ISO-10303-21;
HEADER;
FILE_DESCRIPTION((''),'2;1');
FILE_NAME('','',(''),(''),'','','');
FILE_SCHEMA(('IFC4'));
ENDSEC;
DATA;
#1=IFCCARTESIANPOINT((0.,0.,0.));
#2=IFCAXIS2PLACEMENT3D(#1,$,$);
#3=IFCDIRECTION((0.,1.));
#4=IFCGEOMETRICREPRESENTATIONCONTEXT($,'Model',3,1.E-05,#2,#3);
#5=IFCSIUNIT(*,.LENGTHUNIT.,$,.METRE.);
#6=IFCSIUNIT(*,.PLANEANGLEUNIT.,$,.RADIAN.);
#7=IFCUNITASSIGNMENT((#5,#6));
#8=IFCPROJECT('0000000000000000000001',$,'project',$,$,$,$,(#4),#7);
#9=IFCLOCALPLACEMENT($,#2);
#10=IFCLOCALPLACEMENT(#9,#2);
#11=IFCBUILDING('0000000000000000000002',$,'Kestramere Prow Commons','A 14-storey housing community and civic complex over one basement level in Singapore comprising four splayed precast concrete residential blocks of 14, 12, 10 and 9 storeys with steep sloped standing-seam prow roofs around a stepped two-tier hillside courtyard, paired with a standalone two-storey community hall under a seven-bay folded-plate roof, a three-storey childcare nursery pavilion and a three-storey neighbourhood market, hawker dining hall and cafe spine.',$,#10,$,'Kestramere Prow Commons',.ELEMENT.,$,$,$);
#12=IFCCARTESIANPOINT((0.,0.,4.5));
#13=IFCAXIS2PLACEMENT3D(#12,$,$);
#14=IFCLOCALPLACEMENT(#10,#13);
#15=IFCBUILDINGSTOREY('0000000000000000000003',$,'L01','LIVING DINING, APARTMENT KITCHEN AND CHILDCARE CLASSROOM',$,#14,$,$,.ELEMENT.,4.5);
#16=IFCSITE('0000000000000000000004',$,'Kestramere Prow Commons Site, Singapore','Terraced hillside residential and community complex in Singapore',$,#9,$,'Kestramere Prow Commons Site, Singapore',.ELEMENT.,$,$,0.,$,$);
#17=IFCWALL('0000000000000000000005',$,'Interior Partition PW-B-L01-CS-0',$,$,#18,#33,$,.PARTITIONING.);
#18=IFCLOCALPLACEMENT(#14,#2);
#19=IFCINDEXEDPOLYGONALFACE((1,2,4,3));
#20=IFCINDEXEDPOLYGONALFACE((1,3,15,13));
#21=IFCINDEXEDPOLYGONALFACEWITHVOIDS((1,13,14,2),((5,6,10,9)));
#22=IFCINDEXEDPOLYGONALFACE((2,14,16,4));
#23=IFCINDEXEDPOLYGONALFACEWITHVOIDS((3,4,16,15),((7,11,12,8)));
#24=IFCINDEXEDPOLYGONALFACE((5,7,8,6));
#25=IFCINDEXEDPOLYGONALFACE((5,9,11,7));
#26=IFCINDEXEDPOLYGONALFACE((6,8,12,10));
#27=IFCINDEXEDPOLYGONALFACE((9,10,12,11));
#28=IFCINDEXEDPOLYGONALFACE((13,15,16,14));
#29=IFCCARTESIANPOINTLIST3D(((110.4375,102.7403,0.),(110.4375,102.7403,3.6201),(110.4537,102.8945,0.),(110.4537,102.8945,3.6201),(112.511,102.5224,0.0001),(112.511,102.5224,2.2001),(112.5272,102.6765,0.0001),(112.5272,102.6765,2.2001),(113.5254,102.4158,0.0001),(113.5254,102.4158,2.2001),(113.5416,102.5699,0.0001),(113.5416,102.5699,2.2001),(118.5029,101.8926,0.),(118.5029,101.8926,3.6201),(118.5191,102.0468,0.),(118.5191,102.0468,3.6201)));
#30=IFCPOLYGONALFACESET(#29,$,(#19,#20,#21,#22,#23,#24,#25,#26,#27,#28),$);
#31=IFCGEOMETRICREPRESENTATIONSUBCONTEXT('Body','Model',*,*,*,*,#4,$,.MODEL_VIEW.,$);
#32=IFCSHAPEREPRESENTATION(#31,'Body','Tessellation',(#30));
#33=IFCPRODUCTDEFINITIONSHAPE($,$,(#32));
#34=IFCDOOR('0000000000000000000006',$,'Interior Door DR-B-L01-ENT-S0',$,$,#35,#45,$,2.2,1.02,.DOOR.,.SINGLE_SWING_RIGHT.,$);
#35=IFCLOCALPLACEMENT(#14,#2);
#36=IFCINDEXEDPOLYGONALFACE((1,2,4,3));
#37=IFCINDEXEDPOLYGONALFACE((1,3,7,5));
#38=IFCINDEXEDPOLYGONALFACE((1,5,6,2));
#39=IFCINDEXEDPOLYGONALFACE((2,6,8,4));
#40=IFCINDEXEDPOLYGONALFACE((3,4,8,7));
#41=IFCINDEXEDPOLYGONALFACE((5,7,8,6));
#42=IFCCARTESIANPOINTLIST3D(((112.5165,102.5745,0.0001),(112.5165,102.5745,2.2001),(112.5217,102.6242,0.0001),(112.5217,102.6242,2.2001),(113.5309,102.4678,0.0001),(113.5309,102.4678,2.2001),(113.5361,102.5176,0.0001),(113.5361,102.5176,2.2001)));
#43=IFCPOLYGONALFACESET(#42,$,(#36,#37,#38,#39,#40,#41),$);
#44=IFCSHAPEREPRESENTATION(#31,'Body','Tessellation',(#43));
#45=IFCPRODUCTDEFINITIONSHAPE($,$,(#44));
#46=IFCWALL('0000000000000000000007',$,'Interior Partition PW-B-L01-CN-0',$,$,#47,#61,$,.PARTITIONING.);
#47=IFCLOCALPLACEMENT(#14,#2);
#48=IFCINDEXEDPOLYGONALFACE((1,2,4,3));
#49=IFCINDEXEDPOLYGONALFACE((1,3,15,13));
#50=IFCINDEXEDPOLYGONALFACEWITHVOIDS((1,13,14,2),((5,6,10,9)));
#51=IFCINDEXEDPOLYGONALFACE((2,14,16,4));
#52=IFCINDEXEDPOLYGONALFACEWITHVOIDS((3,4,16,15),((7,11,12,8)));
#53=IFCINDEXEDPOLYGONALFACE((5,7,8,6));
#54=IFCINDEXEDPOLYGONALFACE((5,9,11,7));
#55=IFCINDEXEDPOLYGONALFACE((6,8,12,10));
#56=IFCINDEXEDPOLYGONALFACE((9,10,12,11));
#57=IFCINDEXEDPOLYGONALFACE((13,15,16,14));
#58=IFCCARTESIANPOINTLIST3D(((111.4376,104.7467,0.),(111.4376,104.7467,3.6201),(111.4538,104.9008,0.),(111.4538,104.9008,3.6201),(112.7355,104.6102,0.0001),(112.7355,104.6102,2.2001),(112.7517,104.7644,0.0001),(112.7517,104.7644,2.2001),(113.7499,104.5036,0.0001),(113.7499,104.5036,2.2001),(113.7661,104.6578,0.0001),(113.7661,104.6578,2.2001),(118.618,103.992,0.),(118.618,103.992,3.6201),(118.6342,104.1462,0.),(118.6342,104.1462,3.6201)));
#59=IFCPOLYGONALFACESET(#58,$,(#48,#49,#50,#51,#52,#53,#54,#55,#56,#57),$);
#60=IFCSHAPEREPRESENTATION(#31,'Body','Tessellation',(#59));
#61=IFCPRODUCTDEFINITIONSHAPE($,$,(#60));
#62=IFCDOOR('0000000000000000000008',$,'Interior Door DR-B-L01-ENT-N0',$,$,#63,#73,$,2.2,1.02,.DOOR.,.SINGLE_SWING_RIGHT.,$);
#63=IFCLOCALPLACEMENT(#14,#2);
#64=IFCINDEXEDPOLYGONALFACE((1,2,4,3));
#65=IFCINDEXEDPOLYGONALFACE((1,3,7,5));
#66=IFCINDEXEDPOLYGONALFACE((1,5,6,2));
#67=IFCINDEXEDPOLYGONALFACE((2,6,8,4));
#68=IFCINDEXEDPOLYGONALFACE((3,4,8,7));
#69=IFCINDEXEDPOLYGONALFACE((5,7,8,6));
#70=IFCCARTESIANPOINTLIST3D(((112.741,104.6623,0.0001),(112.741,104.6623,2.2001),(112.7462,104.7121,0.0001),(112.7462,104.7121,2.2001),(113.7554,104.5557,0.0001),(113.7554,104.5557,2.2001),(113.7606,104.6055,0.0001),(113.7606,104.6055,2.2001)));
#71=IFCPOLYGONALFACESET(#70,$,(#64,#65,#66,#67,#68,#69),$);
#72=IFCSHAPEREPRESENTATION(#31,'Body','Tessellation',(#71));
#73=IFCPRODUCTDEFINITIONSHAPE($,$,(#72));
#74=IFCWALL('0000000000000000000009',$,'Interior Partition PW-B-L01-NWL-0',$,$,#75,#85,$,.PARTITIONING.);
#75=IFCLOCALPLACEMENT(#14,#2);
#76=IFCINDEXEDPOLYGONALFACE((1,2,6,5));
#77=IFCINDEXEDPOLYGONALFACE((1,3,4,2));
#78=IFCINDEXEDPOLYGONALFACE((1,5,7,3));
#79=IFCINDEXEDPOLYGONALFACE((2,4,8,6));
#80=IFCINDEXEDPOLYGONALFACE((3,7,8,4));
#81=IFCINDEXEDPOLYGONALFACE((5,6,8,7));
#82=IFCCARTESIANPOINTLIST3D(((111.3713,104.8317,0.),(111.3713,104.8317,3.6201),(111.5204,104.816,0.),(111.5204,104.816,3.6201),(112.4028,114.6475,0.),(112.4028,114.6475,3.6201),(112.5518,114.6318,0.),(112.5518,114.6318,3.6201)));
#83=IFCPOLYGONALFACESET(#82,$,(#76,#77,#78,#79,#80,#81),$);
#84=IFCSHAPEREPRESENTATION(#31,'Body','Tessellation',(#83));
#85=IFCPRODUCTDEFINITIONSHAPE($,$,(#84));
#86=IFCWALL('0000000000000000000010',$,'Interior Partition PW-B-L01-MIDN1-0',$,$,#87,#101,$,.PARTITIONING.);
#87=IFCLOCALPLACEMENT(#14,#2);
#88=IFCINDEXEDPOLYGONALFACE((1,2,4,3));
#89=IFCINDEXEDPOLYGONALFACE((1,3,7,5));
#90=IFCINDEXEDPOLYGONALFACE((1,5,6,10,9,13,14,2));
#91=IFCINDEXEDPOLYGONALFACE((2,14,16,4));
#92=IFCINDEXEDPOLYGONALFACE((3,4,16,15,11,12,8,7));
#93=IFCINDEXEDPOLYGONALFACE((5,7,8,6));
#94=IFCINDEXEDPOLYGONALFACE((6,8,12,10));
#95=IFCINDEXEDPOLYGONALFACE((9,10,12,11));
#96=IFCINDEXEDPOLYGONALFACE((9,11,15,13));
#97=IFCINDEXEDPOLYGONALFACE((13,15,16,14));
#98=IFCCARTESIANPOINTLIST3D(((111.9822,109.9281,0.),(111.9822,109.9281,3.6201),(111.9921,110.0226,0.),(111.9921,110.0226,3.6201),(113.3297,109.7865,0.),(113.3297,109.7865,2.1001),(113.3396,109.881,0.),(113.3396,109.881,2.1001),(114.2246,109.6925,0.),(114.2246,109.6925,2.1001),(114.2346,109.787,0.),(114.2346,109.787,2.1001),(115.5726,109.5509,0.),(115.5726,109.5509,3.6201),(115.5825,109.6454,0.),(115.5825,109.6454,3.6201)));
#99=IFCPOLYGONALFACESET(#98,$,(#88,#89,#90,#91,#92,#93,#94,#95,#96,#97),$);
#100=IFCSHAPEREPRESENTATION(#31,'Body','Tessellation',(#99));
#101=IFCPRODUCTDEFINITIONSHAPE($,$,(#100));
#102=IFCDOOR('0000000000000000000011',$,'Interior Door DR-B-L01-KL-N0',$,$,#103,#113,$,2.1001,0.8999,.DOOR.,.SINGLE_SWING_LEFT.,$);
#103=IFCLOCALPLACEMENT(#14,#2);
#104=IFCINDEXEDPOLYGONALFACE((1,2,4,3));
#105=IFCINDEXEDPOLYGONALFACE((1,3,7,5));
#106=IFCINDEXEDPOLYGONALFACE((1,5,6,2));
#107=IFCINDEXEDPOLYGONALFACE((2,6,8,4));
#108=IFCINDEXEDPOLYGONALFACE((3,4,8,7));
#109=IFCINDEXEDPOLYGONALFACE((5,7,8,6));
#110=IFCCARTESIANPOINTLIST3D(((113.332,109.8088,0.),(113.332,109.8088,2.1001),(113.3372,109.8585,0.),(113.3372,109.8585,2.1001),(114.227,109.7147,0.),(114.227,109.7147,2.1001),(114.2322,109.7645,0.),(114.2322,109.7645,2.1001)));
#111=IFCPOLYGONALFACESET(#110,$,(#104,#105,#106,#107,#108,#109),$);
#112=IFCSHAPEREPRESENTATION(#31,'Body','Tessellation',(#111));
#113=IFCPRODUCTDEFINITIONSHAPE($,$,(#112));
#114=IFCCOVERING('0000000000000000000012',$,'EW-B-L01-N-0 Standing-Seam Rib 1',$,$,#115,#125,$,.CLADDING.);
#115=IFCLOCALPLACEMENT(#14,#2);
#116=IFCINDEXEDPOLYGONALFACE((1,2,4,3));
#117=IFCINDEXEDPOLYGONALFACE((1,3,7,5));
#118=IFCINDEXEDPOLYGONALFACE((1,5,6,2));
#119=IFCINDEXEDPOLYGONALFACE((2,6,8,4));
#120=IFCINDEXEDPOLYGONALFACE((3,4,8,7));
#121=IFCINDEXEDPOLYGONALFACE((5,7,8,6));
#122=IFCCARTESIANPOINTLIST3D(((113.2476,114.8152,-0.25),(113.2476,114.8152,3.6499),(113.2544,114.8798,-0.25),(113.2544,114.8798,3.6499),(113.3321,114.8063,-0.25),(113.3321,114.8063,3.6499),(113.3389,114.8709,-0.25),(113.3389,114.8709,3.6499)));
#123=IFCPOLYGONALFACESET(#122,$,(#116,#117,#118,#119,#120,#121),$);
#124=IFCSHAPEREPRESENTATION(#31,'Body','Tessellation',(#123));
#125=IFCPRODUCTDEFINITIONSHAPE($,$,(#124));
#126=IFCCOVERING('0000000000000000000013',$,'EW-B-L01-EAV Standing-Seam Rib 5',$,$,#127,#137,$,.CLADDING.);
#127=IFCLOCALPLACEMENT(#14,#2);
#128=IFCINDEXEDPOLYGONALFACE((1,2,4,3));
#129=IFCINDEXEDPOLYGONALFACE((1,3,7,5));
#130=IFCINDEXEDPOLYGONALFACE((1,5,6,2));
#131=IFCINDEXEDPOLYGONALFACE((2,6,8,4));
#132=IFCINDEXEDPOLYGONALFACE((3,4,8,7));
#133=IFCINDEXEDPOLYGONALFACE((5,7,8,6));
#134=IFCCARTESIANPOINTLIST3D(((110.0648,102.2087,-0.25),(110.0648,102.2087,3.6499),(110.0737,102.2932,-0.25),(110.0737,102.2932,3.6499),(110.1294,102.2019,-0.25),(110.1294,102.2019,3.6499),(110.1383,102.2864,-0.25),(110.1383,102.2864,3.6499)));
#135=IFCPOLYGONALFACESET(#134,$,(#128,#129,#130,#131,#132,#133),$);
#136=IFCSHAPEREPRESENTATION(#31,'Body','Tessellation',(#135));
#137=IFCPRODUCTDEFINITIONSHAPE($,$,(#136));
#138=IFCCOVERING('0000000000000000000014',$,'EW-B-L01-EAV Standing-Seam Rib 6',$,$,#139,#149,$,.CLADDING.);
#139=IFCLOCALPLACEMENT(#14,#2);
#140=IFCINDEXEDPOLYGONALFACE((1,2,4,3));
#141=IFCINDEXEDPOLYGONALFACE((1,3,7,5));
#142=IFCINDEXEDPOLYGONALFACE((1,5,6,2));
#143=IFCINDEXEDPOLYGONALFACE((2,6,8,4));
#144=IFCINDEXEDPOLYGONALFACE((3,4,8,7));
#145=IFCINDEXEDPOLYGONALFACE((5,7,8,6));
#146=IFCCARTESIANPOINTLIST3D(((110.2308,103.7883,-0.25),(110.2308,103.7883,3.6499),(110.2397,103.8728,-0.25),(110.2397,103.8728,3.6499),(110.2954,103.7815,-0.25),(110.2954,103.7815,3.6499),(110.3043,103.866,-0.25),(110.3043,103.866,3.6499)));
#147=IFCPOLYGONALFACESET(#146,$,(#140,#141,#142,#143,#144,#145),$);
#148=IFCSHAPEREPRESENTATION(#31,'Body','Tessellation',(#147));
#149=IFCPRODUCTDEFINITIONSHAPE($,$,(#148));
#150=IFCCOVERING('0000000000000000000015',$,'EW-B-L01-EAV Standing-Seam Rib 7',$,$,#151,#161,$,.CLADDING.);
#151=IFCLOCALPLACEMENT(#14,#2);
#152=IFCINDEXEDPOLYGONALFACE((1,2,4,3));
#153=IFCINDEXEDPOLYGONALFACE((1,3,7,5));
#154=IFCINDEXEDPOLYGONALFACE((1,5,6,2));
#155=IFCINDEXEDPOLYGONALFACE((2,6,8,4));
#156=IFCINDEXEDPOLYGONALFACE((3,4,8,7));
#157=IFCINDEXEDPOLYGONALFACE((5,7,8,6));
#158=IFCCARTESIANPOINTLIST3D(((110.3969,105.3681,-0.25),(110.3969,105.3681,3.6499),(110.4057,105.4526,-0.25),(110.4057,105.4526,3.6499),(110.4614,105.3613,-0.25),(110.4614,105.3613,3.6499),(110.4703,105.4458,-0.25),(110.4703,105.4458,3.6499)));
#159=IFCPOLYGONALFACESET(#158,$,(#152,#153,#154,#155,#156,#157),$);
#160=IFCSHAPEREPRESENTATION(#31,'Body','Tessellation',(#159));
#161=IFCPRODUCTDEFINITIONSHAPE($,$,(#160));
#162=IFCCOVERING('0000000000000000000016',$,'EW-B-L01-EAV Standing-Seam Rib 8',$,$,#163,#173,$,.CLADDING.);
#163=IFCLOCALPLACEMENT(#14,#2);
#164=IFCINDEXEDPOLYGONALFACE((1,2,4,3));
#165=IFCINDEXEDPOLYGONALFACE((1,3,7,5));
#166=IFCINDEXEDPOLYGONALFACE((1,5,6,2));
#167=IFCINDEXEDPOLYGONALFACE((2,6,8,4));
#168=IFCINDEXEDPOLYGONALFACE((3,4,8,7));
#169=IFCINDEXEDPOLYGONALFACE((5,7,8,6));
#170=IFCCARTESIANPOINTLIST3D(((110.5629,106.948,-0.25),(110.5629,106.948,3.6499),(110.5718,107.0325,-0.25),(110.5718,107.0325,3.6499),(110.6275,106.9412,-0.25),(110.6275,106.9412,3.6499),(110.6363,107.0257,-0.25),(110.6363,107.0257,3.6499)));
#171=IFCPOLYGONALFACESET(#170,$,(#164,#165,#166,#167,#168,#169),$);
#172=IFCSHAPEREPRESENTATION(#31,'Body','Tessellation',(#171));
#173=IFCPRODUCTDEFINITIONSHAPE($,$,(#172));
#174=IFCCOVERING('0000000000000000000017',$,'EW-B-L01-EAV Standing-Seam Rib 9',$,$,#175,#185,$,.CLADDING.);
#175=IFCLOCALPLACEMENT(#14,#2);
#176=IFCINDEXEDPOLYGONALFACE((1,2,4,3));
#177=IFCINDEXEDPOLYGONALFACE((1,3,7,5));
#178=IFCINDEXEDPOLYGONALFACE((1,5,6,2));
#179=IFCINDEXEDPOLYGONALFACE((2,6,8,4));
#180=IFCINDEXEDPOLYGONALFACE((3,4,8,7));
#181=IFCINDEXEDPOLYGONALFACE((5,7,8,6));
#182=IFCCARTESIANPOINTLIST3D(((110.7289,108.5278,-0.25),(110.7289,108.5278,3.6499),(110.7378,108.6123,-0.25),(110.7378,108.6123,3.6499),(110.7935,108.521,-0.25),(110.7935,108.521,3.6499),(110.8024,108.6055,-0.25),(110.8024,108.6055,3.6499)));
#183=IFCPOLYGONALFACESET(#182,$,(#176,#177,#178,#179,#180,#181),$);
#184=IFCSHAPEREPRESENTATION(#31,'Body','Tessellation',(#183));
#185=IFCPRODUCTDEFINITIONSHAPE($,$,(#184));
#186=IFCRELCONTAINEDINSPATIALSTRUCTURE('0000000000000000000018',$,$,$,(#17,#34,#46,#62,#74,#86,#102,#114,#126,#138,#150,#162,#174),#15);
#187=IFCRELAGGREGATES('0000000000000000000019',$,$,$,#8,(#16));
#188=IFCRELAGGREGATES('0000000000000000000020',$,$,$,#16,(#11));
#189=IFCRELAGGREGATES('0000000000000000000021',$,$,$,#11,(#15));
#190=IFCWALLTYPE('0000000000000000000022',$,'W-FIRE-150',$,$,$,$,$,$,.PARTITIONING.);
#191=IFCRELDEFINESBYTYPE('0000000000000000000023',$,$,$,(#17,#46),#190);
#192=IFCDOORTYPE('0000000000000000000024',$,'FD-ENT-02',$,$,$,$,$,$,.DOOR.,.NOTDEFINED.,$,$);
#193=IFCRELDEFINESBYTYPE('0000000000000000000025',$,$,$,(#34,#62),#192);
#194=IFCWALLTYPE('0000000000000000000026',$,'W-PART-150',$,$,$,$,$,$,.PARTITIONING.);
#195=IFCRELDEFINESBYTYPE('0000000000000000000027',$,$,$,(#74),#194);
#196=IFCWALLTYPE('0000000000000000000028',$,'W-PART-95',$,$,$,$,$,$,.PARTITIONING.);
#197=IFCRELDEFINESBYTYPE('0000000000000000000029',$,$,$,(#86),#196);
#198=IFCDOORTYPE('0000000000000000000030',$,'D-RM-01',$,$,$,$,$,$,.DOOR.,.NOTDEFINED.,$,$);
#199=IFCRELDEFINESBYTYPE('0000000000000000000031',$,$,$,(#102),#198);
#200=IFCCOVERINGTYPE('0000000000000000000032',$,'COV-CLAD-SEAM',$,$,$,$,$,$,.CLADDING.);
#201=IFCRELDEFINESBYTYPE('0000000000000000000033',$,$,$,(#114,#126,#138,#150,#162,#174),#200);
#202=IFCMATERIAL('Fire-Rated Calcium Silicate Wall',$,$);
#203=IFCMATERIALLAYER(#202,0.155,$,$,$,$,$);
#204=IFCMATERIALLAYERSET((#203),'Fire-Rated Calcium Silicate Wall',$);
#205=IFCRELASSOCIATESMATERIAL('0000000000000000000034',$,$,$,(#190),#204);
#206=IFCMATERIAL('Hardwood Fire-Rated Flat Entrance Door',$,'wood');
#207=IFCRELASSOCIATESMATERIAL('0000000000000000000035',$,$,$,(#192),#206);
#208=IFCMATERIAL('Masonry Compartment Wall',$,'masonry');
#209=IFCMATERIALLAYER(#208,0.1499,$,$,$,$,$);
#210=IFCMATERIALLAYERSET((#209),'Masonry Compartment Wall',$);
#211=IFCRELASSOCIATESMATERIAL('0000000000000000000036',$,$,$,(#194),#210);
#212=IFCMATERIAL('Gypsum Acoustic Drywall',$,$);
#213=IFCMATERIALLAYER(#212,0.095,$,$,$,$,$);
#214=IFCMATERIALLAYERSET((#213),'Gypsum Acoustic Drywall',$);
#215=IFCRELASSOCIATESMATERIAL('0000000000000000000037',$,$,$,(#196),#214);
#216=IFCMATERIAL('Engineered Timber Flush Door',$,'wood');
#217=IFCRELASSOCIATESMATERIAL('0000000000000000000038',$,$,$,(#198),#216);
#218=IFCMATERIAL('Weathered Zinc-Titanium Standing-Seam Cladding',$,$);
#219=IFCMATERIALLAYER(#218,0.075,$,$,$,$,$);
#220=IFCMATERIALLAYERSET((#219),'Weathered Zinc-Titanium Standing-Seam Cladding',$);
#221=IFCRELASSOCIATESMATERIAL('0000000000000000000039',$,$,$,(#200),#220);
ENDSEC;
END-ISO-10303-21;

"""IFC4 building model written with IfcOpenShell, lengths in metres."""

from ifc_helpers import new_model, si_unit, direction, frame, frame_2d, origin, origin_2d, place, context, subcontext, project, spatial, rectangle, extrude, material, layer, layer_set, type_object, element, fill, save


model = new_model("IFC4")

# Units and contexts
model_context = context("Model", 3, precision=1e-05, world=origin(), true_north=direction((0.0, 1.0)))
body_context = subcontext(model_context, "Body", "Model", "MODEL_VIEW")
ifc_project = project(units=[si_unit("LENGTHUNIT", "METRE"), si_unit("PLANEANGLEUNIT", "RADIAN")], contexts=[model_context])

# Site, building, storey
site_placement = place(None, origin())
site = spatial("IfcSite", under=ifc_project, at=site_placement, Name="Kestramere Prow Commons Site, Singapore", Description="Terraced hillside residential and community complex in Singapore", LongName="Kestramere Prow Commons Site, Singapore", CompositionType="ELEMENT", RefElevation=0.0)
building_placement = place(site_placement, origin())
building = spatial("IfcBuilding", under=site, at=building_placement, Name="Kestramere Prow Commons", Description="A 14-storey housing community and civic complex over one basement level in Singapore comprising four splayed precast concrete residential blocks of 14, 12, 10 and 9 storeys with steep sloped standing-seam prow roofs around a stepped two-tier hillside courtyard, paired with a standalone two-storey community hall under a seven-bay folded-plate roof, a three-storey childcare nursery pavilion and a three-storey neighbourhood market, hawker dining hall and cafe spine.", LongName="Kestramere Prow Commons", CompositionType="ELEMENT")
storey_placement = place(building_placement, frame((0.0, 0.0, 4.5)))
storey = spatial("IfcBuildingStorey", under=building, at=storey_placement, Name="L01", Description="LIVING DINING, APARTMENT KITCHEN AND CHILDCARE CLASSROOM", CompositionType="ELEMENT", Elevation=4.5)

# Walls, openings, doors
ifc_material_1 = material(Name="Fire-Rated Calcium Silicate Wall")
ifc_layer_1 = layer(ifc_material_1, 0.155)
ifc_layer_set_1 = layer_set([ifc_layer_1], Name="Fire-Rated Calcium Silicate Wall")
wall_type_1 = type_object("IfcWallType", Name="W-FIRE-150", PredefinedType="PARTITIONING", material=ifc_layer_set_1)
wall_1_placement = place(storey_placement, frame((110.4456, 102.8174, 0.0), z_axis=(0.0, 0.0, 1.0), x_axis=(0.994523, -0.104522, 0.0)))
wall_1 = element("IfcWall", 1, at=wall_1_placement, inside=storey, type_object=wall_type_1, Name="Interior Partition PW-B-L01-CS-0", PredefinedType="PARTITIONING", context=body_context, shape_type="SweptSolid", body=[
    extrude(rectangle(XDim=8.1099, YDim=0.155, at=frame_2d((4.0549, 0.0))), origin(), (0.0, 0.0, 1.0), 3.6201),
])
opening_1_placement = place(wall_1_placement, frame((2.085, 0.0, 0.0)))
opening_1 = element("IfcOpeningElement", 2, at=opening_1_placement, cuts=wall_1, PredefinedType="OPENING", context=body_context, shape_type="SweptSolid", body=[
    extrude(rectangle(XDim=1.02, YDim=2.2, at=frame_2d((0.51, 1.1001))), frame((0.0, 0.0925, 0.0), z_axis=(0.0, -1.0, 0.0), x_axis=(1.0, 0.0, 0.0)), (0.0, 0.0, 1.0), 0.1851),
])
ifc_material_2 = material(Name="Hardwood Fire-Rated Flat Entrance Door", Category="wood")
door_type_1 = type_object("IfcDoorType", Name="FD-ENT-02", OperationType="NOTDEFINED", PredefinedType="DOOR", material=ifc_material_2)
door_1_placement = place(opening_1_placement, origin())
door_1 = element("IfcDoor", 3, at=door_1_placement, inside=storey, type_object=door_type_1, Name="Interior Door DR-B-L01-ENT-S0", OperationType="SINGLE_SWING_RIGHT", OverallHeight=2.2, OverallWidth=1.02, PredefinedType="DOOR", context=body_context, shape_type="SweptSolid", body=[
    extrude(rectangle(XDim=1.02, YDim=2.2, at=frame_2d((0.51, 1.1001))), frame((0.0, 0.0249, 0.0), z_axis=(0.0, -1.0, 0.0), x_axis=(1.0, 0.0, 0.0)), (0.0, 0.0, 1.0), 0.05),
])
fill(opening_1, door_1)
wall_2_placement = place(storey_placement, frame((111.4458, 104.8237, 0.0), z_axis=(0.0, 0.0, 1.0), x_axis=(0.994523, -0.104521, 0.0)))
wall_2 = element("IfcWall", 4, at=wall_2_placement, inside=storey, type_object=wall_type_1, Name="Interior Partition PW-B-L01-CN-0", PredefinedType="PARTITIONING", context=body_context, shape_type="SweptSolid", body=[
    extrude(rectangle(XDim=7.22, YDim=0.155, at=frame_2d((3.6099, 0.0))), origin(), (0.0, 0.0, 1.0), 3.6201),
])
opening_2_placement = place(wall_2_placement, frame((1.3049, 0.0, 0.0)))
opening_2 = element("IfcOpeningElement", 5, at=opening_2_placement, cuts=wall_2, PredefinedType="OPENING", context=body_context, shape_type="SweptSolid", body=[
    extrude(rectangle(XDim=1.02, YDim=2.2, at=frame_2d((0.51, 1.1001))), frame((0.0, 0.0925, 0.0), z_axis=(0.0, -1.0, 0.0), x_axis=(1.0, 0.0, 0.0)), (0.0, 0.0, 1.0), 0.1851),
])
door_2_placement = place(opening_2_placement, origin())
door_2 = element("IfcDoor", 6, at=door_2_placement, inside=storey, type_object=door_type_1, Name="Interior Door DR-B-L01-ENT-N0", OperationType="SINGLE_SWING_RIGHT", OverallHeight=2.2, OverallWidth=1.02, PredefinedType="DOOR", context=body_context, shape_type="SweptSolid", body=[
    extrude(rectangle(XDim=1.02, YDim=2.2, at=frame_2d((0.51, 1.1001))), frame((0.0, 0.0249, 0.0), z_axis=(0.0, -1.0, 0.0), x_axis=(1.0, 0.0, 0.0)), (0.0, 0.0, 1.0), 0.05),
])
fill(opening_2, door_2)

# Wall
ifc_material_3 = material(Name="Masonry Compartment Wall", Category="masonry")
ifc_layer_2 = layer(ifc_material_3, 0.1499)
ifc_layer_set_2 = layer_set([ifc_layer_2], Name="Masonry Compartment Wall")
wall_type_2 = type_object("IfcWallType", Name="W-PART-150", PredefinedType="PARTITIONING", material=ifc_layer_set_2)
wall_3_placement = place(storey_placement, frame((111.4458, 104.8237, 0.0), z_axis=(0.0, 0.0, 1.0), x_axis=(0.104508, 0.994524, 0.0)))
element("IfcWall", 7, at=wall_3_placement, inside=storey, type_object=wall_type_2, Name="Interior Partition PW-B-L01-NWL-0", PredefinedType="PARTITIONING", context=body_context, shape_type="SweptSolid", body=[
    extrude(rectangle(XDim=9.8699, YDim=0.1499, at=frame_2d((4.9351, 0.0))), origin(), (0.0, 0.0, 1.0), 3.6201),
])

# Wall, opening, door
ifc_material_4 = material(Name="Gypsum Acoustic Drywall")
ifc_layer_3 = layer(ifc_material_4, 0.095)
ifc_layer_set_3 = layer_set([ifc_layer_3], Name="Gypsum Acoustic Drywall")
wall_type_3 = type_object("IfcWallType", Name="W-PART-95", PredefinedType="PARTITIONING", material=ifc_layer_set_3)
wall_4_placement = place(storey_placement, frame((111.9871, 109.9753, 0.0), z_axis=(0.0, 0.0, 1.0), x_axis=(0.994527, -0.104484, 0.0)))
wall_4 = element("IfcWall", 8, at=wall_4_placement, inside=storey, type_object=wall_type_3, Name="Interior Partition PW-B-L01-MIDN1-0", PredefinedType="PARTITIONING", context=body_context, shape_type="SweptSolid", body=[
    extrude(rectangle(XDim=3.6101, YDim=0.095, at=frame_2d((1.8052, 0.0))), origin(), (0.0, 0.0, 1.0), 3.6201),
])
opening_3_placement = place(wall_4_placement, frame((1.355, 0.0, 0.0)))
opening_3 = element("IfcOpeningElement", 9, at=opening_3_placement, cuts=wall_4, PredefinedType="OPENING", context=body_context, shape_type="SweptSolid", body=[
    extrude(rectangle(XDim=0.8999, YDim=2.1001, at=frame_2d((0.45, 1.05))), frame((0.0, 0.0625, 0.0), z_axis=(0.0, -1.0, 0.0), x_axis=(1.0, 0.0, 0.0)), (0.0, 0.0, 1.0), 0.125),
])
ifc_material_5 = material(Name="Engineered Timber Flush Door", Category="wood")
door_type_2 = type_object("IfcDoorType", Name="D-RM-01", OperationType="NOTDEFINED", PredefinedType="DOOR", material=ifc_material_5)
door_3_placement = place(opening_3_placement, origin())
door_3 = element("IfcDoor", 10, at=door_3_placement, inside=storey, type_object=door_type_2, Name="Interior Door DR-B-L01-KL-N0", OperationType="SINGLE_SWING_LEFT", OverallHeight=2.1001, OverallWidth=0.8999, PredefinedType="DOOR", context=body_context, shape_type="SweptSolid", body=[
    extrude(rectangle(XDim=0.8999, YDim=2.1001, at=frame_2d((0.45, 1.05))), frame((0.0, 0.0249, 0.0), z_axis=(0.0, -1.0, 0.0), x_axis=(1.0, 0.0, 0.0)), (0.0, 0.0, 1.0), 0.05),
])
fill(opening_3, door_3)

# Coverings
ifc_material_6 = material(Name="Weathered Zinc-Titanium Standing-Seam Cladding")
ifc_layer_4 = layer(ifc_material_6, 0.075)
ifc_layer_set_4 = layer_set([ifc_layer_4], Name="Weathered Zinc-Titanium Standing-Seam Cladding")
covering_type = type_object("IfcCoveringType", Name="COV-CLAD-SEAM", PredefinedType="CLADDING", material=ifc_layer_set_4)
for number, where, z_axis, x_axis, name in (
    (11, (113.2932, 114.843, -0.25), (0.0, 0.0, 1.0), (0.994522, -0.104528, 0.0), "EW-B-L01-N-0 Standing-Seam Rib 1"),
    (12, (110.1016, 102.2476, -0.25), (0.0, 0.0, 1.0), (0.104528, 0.994522, 0.0), "EW-B-L01-EAV Standing-Seam Rib 5"),
    (13, (110.2676, 103.8271, -0.25), (0.0, 0.0, 1.0), (0.104528, 0.994522, 0.0), "EW-B-L01-EAV Standing-Seam Rib 6"),
    (14, (110.4336, 105.407, -0.25), (0.0, 0.0, 1.0), (0.104528, 0.994522, 0.0), "EW-B-L01-EAV Standing-Seam Rib 7"),
    (15, (110.5996, 106.9868, -0.25), (0.0, 0.0, 1.0), (0.104528, 0.994522, 0.0), "EW-B-L01-EAV Standing-Seam Rib 8"),
    (16, (110.7656, 108.5667, -0.25), (0.0, 0.0, 1.0), (0.104528, 0.994522, 0.0), "EW-B-L01-EAV Standing-Seam Rib 9"),
):
    element("IfcCovering", number, at=place(storey_placement, frame(where, z_axis=z_axis, x_axis=x_axis)), inside=storey, type_object=covering_type, Name=name, PredefinedType="CLADDING", context=body_context, shape_type="SweptSolid", body=[
        extrude(rectangle(XDim=0.085, YDim=0.0649, at=origin_2d()), origin(), (0.0, 0.0, 1.0), 3.8999),
    ])

save(model, "model.ifc")
